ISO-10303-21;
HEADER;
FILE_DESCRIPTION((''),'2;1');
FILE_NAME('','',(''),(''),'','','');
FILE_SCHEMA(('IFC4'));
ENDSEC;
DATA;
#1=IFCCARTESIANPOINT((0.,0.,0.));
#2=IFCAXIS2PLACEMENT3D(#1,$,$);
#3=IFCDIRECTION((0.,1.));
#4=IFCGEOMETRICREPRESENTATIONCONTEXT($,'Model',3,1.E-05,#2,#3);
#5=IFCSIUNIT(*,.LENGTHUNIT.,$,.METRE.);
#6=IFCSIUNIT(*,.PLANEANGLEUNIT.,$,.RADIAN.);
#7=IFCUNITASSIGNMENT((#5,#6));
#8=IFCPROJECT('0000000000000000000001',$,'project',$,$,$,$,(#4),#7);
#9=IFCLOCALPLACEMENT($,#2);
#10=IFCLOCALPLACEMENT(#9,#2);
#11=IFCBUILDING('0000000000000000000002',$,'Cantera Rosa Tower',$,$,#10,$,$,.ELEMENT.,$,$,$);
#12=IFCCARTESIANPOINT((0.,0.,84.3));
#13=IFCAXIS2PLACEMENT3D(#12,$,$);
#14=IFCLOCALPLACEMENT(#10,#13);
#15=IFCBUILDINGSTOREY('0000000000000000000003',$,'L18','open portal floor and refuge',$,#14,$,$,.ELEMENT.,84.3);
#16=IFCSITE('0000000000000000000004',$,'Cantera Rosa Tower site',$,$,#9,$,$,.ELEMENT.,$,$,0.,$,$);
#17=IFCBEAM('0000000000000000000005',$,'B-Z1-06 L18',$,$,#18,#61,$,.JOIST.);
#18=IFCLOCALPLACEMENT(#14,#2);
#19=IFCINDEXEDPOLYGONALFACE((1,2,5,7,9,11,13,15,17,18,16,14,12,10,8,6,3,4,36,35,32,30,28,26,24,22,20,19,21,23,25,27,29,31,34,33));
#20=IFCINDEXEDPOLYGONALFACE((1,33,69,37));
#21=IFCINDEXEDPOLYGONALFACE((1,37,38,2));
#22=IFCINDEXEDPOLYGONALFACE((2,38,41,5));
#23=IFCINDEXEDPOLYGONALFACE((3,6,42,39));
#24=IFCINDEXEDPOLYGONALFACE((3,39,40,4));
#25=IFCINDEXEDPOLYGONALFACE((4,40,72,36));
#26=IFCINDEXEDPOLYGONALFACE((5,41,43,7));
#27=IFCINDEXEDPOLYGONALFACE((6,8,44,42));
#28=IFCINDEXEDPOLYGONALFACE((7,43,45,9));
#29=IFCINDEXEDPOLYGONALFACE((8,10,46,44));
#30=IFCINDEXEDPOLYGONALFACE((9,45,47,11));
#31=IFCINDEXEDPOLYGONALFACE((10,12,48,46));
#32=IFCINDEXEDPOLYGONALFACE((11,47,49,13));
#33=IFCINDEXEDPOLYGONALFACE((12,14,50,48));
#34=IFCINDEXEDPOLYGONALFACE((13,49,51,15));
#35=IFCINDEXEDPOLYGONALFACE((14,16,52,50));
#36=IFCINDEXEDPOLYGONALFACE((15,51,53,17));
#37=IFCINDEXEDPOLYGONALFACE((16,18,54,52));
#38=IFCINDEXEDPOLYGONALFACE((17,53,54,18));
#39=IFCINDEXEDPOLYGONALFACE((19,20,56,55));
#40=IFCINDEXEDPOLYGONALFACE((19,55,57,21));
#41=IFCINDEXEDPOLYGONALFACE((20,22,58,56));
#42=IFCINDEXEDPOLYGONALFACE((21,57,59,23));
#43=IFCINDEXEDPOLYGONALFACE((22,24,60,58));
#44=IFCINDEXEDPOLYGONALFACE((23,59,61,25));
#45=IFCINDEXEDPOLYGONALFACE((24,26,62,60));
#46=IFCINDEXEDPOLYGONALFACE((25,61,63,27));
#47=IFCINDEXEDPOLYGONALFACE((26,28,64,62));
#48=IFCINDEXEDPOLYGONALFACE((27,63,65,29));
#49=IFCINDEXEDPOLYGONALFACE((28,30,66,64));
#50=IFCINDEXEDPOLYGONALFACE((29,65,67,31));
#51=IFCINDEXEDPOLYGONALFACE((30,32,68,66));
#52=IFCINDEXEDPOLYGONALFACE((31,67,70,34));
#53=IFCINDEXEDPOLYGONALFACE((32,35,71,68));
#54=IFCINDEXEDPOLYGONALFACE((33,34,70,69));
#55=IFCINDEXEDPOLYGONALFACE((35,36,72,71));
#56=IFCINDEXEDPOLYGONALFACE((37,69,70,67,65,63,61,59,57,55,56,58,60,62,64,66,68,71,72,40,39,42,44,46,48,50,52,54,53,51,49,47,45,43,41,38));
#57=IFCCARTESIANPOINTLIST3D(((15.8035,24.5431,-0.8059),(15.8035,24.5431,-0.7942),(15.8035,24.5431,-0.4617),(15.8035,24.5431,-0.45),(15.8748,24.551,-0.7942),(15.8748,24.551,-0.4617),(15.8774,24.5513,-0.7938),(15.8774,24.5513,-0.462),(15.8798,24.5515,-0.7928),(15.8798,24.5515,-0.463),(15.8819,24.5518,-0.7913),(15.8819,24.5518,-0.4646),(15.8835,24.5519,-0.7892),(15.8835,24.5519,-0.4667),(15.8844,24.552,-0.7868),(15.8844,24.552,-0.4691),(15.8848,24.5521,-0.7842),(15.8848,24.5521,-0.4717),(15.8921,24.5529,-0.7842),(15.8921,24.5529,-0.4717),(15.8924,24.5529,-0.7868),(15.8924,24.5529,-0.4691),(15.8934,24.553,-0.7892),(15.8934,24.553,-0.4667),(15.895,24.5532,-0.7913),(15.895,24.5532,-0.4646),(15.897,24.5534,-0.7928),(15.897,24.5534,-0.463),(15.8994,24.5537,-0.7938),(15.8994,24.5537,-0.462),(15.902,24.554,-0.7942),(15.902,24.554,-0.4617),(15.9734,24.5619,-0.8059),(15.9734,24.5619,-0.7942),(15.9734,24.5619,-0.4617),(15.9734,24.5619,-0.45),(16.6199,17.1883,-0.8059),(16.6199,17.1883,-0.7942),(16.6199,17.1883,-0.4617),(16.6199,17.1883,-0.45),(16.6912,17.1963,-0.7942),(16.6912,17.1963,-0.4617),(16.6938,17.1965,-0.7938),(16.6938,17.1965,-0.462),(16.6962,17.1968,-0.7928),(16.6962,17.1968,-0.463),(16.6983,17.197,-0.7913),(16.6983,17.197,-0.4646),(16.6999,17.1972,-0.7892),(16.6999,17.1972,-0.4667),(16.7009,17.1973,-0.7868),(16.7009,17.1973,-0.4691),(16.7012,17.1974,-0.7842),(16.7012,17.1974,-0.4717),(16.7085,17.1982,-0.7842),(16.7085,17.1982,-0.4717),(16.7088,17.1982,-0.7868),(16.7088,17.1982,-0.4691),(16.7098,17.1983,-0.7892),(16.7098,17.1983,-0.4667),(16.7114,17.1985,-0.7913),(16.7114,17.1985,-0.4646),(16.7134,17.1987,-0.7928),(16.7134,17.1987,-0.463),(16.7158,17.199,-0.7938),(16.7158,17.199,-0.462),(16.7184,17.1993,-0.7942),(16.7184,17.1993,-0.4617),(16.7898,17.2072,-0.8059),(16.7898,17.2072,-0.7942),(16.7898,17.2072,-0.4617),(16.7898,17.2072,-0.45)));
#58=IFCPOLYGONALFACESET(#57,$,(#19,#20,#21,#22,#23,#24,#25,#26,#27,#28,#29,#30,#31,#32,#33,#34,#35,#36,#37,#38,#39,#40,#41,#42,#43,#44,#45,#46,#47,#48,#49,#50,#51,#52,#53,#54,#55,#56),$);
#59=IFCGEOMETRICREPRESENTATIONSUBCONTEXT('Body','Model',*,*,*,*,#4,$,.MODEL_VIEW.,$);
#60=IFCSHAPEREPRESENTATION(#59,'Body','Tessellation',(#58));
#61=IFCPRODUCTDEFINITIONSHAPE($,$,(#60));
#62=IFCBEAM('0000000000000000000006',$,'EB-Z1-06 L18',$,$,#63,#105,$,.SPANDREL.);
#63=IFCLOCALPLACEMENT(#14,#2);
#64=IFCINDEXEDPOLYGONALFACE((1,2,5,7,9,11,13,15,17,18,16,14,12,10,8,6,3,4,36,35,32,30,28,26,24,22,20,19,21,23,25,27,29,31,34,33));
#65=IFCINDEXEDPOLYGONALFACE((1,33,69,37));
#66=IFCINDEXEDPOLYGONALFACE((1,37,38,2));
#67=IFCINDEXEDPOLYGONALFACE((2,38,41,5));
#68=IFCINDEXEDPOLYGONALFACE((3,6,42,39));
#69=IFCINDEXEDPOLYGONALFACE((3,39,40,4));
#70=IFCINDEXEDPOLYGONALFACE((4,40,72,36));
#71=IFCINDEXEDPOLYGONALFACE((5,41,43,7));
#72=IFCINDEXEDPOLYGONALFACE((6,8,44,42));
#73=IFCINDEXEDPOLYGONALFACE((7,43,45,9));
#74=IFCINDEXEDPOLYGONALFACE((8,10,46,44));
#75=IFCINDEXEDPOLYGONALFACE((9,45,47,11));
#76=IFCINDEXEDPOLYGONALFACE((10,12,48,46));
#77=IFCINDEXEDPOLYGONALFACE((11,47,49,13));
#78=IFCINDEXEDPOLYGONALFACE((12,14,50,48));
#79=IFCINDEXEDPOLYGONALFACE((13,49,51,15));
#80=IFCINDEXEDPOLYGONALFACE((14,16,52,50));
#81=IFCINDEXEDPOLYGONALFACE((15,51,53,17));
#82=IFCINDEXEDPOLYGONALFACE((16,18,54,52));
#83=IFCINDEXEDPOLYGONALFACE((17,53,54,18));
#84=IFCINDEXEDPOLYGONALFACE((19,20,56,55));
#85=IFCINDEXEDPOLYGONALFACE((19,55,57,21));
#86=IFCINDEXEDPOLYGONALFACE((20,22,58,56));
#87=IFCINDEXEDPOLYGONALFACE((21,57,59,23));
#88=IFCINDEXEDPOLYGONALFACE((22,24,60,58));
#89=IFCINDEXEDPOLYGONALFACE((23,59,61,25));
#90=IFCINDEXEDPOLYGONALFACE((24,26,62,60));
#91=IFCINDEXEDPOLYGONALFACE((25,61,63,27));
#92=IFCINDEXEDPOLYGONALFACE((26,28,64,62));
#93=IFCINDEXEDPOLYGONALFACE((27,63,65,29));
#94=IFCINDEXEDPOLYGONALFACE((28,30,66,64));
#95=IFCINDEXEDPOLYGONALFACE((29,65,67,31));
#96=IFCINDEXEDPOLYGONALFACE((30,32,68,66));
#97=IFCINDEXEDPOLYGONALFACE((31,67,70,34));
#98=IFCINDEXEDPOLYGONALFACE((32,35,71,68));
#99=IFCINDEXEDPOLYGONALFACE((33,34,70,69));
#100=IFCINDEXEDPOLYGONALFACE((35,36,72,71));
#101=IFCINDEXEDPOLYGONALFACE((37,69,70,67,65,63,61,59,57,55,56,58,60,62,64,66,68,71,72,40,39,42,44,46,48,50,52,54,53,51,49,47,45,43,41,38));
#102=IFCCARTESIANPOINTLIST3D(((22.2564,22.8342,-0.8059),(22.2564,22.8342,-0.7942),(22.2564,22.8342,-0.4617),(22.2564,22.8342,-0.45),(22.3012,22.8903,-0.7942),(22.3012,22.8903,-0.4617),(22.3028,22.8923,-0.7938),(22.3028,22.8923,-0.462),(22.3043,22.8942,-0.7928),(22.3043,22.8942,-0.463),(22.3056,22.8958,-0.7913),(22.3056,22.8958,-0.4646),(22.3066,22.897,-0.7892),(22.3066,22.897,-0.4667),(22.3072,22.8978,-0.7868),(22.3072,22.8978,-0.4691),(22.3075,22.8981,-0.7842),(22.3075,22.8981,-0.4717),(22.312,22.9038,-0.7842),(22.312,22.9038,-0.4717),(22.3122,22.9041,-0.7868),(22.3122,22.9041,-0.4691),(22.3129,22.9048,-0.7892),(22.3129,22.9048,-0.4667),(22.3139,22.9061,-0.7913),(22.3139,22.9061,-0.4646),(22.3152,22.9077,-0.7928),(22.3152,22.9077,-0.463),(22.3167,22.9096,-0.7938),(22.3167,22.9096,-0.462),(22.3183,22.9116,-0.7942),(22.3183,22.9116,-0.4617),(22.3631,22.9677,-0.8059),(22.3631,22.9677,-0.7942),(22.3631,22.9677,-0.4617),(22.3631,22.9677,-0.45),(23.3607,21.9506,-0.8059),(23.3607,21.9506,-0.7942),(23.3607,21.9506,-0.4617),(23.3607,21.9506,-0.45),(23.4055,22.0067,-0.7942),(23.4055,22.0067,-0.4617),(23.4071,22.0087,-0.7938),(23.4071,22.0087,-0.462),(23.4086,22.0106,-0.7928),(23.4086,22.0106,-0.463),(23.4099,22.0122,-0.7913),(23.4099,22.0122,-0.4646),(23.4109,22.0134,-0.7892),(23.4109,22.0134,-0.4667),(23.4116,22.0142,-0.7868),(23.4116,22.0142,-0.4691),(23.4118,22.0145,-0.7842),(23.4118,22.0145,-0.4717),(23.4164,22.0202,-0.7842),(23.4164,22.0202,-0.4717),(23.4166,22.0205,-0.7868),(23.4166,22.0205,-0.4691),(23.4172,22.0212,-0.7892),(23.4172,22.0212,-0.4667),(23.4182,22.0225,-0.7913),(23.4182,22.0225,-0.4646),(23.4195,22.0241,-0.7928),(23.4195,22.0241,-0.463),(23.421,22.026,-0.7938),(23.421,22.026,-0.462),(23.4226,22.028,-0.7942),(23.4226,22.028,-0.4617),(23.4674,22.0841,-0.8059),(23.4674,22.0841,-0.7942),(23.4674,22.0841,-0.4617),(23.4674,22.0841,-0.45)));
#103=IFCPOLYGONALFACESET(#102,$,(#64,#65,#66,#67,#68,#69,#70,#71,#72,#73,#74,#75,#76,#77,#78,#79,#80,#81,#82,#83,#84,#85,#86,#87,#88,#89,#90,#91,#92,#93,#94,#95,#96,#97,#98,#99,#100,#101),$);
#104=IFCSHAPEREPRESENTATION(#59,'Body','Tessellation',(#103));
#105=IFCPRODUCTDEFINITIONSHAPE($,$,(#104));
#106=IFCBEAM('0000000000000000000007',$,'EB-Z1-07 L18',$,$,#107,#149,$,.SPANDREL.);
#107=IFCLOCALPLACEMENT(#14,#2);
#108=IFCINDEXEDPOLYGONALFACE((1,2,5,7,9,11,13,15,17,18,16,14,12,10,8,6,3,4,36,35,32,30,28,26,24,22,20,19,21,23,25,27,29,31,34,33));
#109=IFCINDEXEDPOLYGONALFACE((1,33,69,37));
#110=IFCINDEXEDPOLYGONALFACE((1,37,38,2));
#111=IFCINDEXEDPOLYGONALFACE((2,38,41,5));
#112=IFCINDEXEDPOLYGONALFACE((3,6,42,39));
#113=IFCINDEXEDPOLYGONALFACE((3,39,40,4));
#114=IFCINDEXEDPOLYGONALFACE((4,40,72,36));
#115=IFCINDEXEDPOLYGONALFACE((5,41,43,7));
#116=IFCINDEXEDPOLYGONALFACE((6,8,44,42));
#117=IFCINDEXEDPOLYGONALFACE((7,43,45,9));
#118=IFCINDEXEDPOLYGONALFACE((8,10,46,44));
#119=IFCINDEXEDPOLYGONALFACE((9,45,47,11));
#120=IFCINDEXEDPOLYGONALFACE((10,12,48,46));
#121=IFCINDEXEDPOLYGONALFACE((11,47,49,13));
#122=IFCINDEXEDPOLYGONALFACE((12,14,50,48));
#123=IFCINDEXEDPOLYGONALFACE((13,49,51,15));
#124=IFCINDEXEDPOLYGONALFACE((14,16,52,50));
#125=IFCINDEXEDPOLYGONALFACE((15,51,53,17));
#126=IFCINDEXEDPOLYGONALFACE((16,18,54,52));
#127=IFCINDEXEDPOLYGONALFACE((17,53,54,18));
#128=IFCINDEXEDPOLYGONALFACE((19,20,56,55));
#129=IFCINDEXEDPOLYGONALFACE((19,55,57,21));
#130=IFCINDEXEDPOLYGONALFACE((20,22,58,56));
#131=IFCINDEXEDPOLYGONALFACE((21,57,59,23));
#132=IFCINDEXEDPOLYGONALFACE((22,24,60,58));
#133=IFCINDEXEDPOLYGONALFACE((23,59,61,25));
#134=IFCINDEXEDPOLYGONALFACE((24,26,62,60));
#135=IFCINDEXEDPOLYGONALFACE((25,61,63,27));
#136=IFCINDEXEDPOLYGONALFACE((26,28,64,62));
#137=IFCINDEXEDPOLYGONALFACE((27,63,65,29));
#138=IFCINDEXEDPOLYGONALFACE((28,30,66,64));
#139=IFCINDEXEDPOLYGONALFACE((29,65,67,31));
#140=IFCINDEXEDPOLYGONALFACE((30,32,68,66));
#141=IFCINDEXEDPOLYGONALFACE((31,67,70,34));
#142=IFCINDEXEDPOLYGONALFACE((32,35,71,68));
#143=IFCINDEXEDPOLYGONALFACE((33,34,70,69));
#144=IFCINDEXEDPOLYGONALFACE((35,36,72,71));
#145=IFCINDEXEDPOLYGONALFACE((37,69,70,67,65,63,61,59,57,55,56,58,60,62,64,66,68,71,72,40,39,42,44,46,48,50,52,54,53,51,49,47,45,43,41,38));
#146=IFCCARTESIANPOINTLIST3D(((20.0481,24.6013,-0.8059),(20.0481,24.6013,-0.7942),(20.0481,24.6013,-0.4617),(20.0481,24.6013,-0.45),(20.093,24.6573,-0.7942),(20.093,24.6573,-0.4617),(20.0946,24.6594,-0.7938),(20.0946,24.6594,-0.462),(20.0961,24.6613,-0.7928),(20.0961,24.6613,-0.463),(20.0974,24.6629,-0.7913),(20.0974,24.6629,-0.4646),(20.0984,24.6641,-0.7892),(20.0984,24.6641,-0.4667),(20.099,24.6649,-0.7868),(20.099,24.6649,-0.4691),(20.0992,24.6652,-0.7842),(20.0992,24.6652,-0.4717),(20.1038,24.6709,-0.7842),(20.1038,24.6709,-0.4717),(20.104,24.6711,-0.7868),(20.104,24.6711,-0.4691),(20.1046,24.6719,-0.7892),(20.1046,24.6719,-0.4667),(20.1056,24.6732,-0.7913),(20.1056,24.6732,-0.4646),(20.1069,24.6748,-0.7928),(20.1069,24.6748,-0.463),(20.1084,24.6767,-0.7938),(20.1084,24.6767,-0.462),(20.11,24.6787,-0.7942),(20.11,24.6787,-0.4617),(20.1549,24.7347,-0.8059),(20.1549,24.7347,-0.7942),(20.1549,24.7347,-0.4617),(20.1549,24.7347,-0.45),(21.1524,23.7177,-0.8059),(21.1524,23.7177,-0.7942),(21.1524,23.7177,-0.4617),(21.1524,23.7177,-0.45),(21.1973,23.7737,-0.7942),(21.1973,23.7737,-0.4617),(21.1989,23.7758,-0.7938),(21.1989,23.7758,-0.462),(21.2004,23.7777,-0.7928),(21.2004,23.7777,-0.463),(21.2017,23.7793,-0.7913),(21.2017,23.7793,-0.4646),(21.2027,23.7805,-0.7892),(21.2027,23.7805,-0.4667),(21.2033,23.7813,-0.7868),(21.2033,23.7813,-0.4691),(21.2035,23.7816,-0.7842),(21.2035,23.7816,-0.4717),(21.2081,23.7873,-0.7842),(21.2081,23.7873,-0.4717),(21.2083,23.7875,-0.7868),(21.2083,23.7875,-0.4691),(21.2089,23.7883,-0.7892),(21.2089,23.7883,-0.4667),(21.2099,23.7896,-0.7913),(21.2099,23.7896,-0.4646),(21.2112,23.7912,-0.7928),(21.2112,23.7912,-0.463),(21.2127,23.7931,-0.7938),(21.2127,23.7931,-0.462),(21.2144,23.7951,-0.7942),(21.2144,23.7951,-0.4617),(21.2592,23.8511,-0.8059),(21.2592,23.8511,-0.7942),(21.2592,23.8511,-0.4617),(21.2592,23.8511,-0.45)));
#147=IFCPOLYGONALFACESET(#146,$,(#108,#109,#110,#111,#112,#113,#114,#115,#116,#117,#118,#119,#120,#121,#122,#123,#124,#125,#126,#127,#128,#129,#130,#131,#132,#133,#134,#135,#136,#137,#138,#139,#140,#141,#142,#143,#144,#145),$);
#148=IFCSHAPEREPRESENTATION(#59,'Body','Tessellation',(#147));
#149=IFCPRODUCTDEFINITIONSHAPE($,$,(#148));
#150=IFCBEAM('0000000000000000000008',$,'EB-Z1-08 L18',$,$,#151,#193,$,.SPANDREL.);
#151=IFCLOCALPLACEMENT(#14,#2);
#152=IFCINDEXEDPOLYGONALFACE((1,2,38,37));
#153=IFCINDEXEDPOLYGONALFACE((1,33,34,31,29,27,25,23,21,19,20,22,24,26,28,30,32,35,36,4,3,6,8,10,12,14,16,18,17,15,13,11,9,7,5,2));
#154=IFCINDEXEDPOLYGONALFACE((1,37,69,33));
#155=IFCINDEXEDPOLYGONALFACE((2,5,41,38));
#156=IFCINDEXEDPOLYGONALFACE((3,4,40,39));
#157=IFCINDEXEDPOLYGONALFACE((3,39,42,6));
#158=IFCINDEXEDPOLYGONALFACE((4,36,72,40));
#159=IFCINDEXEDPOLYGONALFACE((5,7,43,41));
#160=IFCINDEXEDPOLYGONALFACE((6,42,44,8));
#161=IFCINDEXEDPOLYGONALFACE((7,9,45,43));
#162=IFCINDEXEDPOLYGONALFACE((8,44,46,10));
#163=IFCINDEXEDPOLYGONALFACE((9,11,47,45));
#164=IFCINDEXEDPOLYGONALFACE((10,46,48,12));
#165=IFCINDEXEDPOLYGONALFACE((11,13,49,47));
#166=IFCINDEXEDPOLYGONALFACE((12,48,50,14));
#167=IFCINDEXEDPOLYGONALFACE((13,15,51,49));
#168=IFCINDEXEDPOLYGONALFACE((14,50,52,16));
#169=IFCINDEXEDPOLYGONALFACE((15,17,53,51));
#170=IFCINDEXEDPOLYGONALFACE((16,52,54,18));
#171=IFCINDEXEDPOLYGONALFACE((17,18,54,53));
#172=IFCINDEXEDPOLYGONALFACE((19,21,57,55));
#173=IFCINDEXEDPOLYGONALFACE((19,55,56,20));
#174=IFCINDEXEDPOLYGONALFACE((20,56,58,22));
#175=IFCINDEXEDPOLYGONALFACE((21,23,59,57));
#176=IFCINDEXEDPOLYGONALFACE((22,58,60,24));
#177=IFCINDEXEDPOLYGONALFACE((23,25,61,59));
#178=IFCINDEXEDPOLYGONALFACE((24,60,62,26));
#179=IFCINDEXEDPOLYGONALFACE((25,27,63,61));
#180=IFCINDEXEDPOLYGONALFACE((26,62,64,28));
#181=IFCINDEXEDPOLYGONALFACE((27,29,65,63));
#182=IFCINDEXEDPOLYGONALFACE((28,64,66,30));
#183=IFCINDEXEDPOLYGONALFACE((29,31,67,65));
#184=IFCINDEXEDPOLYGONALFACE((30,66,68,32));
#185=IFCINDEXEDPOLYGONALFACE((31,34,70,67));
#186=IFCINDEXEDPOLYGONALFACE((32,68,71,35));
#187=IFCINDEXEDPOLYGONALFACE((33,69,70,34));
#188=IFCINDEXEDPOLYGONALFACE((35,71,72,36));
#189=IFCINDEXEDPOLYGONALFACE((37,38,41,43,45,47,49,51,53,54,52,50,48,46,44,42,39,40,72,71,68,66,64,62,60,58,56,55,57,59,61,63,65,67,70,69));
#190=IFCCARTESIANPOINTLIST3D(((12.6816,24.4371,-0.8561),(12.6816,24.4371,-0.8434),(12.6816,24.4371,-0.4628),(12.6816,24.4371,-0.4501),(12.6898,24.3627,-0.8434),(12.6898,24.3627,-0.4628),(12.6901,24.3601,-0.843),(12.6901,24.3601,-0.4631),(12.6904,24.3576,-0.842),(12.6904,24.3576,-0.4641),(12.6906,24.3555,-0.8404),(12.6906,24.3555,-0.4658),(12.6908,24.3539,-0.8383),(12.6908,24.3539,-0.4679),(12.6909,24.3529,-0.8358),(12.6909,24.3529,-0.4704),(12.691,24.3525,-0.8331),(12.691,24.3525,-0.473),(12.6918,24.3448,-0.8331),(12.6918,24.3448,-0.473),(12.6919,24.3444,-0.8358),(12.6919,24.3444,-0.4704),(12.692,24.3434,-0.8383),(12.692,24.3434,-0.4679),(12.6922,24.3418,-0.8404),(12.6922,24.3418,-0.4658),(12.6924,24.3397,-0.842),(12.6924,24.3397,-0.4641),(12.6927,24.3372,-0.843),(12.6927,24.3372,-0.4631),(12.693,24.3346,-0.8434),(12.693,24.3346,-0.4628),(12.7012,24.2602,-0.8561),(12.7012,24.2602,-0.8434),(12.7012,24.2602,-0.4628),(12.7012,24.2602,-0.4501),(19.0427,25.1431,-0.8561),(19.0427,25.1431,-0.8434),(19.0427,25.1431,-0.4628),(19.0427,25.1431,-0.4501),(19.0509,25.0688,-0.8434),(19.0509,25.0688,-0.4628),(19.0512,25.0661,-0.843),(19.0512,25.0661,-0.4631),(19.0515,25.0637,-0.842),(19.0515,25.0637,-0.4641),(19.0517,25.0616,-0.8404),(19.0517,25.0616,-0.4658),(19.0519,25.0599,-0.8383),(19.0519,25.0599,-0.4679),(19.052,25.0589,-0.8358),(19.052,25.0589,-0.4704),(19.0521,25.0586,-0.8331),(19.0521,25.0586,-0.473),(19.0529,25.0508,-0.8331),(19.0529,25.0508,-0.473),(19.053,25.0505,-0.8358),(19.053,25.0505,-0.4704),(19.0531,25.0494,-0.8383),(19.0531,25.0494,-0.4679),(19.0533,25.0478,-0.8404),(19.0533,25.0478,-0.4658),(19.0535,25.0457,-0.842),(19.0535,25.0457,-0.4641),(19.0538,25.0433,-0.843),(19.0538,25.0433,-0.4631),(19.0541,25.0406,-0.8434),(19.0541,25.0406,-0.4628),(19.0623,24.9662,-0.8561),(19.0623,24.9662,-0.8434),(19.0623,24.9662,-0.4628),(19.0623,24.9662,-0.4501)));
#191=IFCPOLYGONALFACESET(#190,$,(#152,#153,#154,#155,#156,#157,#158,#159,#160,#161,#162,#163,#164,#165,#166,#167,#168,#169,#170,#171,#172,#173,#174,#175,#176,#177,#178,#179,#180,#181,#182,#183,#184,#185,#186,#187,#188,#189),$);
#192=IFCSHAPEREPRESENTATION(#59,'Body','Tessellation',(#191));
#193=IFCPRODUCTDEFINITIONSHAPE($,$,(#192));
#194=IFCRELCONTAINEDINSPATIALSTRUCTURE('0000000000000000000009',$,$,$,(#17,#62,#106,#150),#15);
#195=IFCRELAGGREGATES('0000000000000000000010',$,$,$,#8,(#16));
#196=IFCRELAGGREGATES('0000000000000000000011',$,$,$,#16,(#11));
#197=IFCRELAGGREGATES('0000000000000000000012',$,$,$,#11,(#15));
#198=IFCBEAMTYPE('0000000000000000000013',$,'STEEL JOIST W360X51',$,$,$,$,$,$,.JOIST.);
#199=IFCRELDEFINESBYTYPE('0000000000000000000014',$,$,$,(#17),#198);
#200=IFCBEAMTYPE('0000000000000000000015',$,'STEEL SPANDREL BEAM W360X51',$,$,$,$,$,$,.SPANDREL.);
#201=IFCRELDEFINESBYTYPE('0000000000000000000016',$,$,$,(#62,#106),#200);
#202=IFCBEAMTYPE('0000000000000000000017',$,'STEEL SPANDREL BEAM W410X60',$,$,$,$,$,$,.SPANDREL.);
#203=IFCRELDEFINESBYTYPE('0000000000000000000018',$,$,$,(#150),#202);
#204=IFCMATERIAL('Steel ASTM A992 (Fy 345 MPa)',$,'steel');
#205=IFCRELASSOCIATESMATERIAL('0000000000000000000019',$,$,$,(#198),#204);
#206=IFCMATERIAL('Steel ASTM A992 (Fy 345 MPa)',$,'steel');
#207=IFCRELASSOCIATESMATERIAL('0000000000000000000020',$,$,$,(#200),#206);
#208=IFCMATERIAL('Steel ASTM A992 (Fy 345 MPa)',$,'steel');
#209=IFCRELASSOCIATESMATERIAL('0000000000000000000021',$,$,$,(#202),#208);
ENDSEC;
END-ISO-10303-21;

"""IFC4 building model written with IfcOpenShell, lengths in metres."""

from ifc_helpers import new_model, si_unit, direction, frame, origin, origin_2d, place, context, subcontext, project, spatial, i_section, extrude, material, material_profile, profile_set, type_object, element, save


model = new_model("IFC4")

# Units and contexts
model_context = context("Model", 3, precision=1e-05, world=origin(), true_north=direction((0.0, 1.0)))
body_context = subcontext(model_context, "Body", "Model", "MODEL_VIEW")
ifc_project = project(units=[si_unit("LENGTHUNIT", "METRE"), si_unit("PLANEANGLEUNIT", "RADIAN")], contexts=[model_context])

# Site, building, storey
site_placement = place(None, origin())
site = spatial("IfcSite", under=ifc_project, at=site_placement, Name="Cantera Rosa Tower site", CompositionType="ELEMENT", RefElevation=0.0)
building_placement = place(site_placement, origin())
building = spatial("IfcBuilding", under=site, at=building_placement, Name="Cantera Rosa Tower", CompositionType="ELEMENT")
storey_placement = place(building_placement, frame((0.0, 0.0, 84.3)))
storey = spatial("IfcBuildingStorey", under=building, at=storey_placement, Name="L18", Description="open portal floor and refuge", CompositionType="ELEMENT", Elevation=84.3)

# Beams
ifc_material_1 = material(Name="Steel ASTM A992 (Fy 345 MPa)", Category="steel")
ifc_material_profile_1 = material_profile(ifc_material_1, i_section(OverallWidth=0.1709, OverallDepth=0.356, WebThickness=0.0073, FlangeThickness=0.0117, FilletRadius=0.01, at=origin_2d()), Name="W360X51")
ifc_profile_set_1 = profile_set([ifc_material_profile_1], Name="Steel ASTM A992 (Fy 345 MPa)")
beam_type_1 = type_object("IfcBeamType", Name="STEEL JOIST W360X51", PredefinedType="JOIST", material=ifc_profile_set_1)
beam_1_placement = place(storey_placement, frame((15.8884, 24.5525, -0.6279), z_axis=(0.110327, -0.993895, 0.0), x_axis=(0.993895, 0.110327, 0.0)))
element("IfcBeam", 1, at=beam_1_placement, inside=storey, type_object=beam_type_1, Name="B-Z1-06 L18", PredefinedType="JOIST", context=body_context, shape_type="SweptSolid", body=[
    extrude(i_section(OverallWidth=0.1709, OverallDepth=0.356, WebThickness=0.0073, FlangeThickness=0.0117, FilletRadius=0.01, at=origin_2d()), origin(), (0.0, 0.0, 1.0), 7.3999),
])
ifc_material_2 = material(Name="Steel ASTM A992 (Fy 345 MPa)", Category="steel")
ifc_material_profile_2 = material_profile(ifc_material_2, i_section(OverallWidth=0.1709, OverallDepth=0.356, WebThickness=0.0073, FlangeThickness=0.0117, FilletRadius=0.01, at=origin_2d()), Name="W360X51")
ifc_profile_set_2 = profile_set([ifc_material_profile_2], Name="Steel ASTM A992 (Fy 345 MPa)")
beam_type_2 = type_object("IfcBeamType", Name="STEEL SPANDREL BEAM W360X51", PredefinedType="SPANDREL", material=ifc_profile_set_2)
for number, where, z_axis, x_axis, name in (
    (2, (23.4141, 22.0173, -0.6279), (-0.780818, 0.624758, 0.0), (-0.624758, -0.780818, 0.0), "EB-Z1-06 L18"),
    (3, (21.2058, 23.7844, -0.6279), (-0.780818, 0.624758, 0.0), (-0.624758, -0.780818, 0.0), "EB-Z1-07 L18"),
):
    element("IfcBeam", number, at=place(storey_placement, frame(where, z_axis=z_axis, x_axis=x_axis)), inside=storey, type_object=beam_type_2, Name=name, PredefinedType="SPANDREL", context=body_context, shape_type="SweptSolid", body=[
        extrude(i_section(OverallWidth=0.1709, OverallDepth=0.356, WebThickness=0.0073, FlangeThickness=0.0117, FilletRadius=0.01, at=origin_2d()), origin(), (0.0, 0.0, 1.0), 1.4143),
    ])
ifc_material_3 = material(Name="Steel ASTM A992 (Fy 345 MPa)", Category="steel")
ifc_material_profile_3 = material_profile(ifc_material_3, i_section(OverallWidth=0.178, OverallDepth=0.406, WebThickness=0.0078, FlangeThickness=0.0127, FilletRadius=0.0103, at=origin_2d()), Name="W410X60")
ifc_profile_set_3 = profile_set([ifc_material_profile_3], Name="Steel ASTM A992 (Fy 345 MPa)")
beam_type_3 = type_object("IfcBeamType", Name="STEEL SPANDREL BEAM W410X60", PredefinedType="SPANDREL", material=ifc_profile_set_3)
beam_2_placement = place(storey_placement, frame((19.0525, 25.0547, -0.6531), z_axis=(-0.993896, -0.110318, 0.0), x_axis=(0.110318, -0.993896, 0.0)))
element("IfcBeam", 4, at=beam_2_placement, inside=storey, type_object=beam_type_3, Name="EB-Z1-08 L18", PredefinedType="SPANDREL", context=body_context, shape_type="SweptSolid", body=[
    extrude(i_section(OverallWidth=0.178, OverallDepth=0.406, WebThickness=0.0078, FlangeThickness=0.0127, FilletRadius=0.0103, at=origin_2d()), origin(), (0.0, 0.0, 1.0), 6.4001),
])

save(model, "model.ifc")
